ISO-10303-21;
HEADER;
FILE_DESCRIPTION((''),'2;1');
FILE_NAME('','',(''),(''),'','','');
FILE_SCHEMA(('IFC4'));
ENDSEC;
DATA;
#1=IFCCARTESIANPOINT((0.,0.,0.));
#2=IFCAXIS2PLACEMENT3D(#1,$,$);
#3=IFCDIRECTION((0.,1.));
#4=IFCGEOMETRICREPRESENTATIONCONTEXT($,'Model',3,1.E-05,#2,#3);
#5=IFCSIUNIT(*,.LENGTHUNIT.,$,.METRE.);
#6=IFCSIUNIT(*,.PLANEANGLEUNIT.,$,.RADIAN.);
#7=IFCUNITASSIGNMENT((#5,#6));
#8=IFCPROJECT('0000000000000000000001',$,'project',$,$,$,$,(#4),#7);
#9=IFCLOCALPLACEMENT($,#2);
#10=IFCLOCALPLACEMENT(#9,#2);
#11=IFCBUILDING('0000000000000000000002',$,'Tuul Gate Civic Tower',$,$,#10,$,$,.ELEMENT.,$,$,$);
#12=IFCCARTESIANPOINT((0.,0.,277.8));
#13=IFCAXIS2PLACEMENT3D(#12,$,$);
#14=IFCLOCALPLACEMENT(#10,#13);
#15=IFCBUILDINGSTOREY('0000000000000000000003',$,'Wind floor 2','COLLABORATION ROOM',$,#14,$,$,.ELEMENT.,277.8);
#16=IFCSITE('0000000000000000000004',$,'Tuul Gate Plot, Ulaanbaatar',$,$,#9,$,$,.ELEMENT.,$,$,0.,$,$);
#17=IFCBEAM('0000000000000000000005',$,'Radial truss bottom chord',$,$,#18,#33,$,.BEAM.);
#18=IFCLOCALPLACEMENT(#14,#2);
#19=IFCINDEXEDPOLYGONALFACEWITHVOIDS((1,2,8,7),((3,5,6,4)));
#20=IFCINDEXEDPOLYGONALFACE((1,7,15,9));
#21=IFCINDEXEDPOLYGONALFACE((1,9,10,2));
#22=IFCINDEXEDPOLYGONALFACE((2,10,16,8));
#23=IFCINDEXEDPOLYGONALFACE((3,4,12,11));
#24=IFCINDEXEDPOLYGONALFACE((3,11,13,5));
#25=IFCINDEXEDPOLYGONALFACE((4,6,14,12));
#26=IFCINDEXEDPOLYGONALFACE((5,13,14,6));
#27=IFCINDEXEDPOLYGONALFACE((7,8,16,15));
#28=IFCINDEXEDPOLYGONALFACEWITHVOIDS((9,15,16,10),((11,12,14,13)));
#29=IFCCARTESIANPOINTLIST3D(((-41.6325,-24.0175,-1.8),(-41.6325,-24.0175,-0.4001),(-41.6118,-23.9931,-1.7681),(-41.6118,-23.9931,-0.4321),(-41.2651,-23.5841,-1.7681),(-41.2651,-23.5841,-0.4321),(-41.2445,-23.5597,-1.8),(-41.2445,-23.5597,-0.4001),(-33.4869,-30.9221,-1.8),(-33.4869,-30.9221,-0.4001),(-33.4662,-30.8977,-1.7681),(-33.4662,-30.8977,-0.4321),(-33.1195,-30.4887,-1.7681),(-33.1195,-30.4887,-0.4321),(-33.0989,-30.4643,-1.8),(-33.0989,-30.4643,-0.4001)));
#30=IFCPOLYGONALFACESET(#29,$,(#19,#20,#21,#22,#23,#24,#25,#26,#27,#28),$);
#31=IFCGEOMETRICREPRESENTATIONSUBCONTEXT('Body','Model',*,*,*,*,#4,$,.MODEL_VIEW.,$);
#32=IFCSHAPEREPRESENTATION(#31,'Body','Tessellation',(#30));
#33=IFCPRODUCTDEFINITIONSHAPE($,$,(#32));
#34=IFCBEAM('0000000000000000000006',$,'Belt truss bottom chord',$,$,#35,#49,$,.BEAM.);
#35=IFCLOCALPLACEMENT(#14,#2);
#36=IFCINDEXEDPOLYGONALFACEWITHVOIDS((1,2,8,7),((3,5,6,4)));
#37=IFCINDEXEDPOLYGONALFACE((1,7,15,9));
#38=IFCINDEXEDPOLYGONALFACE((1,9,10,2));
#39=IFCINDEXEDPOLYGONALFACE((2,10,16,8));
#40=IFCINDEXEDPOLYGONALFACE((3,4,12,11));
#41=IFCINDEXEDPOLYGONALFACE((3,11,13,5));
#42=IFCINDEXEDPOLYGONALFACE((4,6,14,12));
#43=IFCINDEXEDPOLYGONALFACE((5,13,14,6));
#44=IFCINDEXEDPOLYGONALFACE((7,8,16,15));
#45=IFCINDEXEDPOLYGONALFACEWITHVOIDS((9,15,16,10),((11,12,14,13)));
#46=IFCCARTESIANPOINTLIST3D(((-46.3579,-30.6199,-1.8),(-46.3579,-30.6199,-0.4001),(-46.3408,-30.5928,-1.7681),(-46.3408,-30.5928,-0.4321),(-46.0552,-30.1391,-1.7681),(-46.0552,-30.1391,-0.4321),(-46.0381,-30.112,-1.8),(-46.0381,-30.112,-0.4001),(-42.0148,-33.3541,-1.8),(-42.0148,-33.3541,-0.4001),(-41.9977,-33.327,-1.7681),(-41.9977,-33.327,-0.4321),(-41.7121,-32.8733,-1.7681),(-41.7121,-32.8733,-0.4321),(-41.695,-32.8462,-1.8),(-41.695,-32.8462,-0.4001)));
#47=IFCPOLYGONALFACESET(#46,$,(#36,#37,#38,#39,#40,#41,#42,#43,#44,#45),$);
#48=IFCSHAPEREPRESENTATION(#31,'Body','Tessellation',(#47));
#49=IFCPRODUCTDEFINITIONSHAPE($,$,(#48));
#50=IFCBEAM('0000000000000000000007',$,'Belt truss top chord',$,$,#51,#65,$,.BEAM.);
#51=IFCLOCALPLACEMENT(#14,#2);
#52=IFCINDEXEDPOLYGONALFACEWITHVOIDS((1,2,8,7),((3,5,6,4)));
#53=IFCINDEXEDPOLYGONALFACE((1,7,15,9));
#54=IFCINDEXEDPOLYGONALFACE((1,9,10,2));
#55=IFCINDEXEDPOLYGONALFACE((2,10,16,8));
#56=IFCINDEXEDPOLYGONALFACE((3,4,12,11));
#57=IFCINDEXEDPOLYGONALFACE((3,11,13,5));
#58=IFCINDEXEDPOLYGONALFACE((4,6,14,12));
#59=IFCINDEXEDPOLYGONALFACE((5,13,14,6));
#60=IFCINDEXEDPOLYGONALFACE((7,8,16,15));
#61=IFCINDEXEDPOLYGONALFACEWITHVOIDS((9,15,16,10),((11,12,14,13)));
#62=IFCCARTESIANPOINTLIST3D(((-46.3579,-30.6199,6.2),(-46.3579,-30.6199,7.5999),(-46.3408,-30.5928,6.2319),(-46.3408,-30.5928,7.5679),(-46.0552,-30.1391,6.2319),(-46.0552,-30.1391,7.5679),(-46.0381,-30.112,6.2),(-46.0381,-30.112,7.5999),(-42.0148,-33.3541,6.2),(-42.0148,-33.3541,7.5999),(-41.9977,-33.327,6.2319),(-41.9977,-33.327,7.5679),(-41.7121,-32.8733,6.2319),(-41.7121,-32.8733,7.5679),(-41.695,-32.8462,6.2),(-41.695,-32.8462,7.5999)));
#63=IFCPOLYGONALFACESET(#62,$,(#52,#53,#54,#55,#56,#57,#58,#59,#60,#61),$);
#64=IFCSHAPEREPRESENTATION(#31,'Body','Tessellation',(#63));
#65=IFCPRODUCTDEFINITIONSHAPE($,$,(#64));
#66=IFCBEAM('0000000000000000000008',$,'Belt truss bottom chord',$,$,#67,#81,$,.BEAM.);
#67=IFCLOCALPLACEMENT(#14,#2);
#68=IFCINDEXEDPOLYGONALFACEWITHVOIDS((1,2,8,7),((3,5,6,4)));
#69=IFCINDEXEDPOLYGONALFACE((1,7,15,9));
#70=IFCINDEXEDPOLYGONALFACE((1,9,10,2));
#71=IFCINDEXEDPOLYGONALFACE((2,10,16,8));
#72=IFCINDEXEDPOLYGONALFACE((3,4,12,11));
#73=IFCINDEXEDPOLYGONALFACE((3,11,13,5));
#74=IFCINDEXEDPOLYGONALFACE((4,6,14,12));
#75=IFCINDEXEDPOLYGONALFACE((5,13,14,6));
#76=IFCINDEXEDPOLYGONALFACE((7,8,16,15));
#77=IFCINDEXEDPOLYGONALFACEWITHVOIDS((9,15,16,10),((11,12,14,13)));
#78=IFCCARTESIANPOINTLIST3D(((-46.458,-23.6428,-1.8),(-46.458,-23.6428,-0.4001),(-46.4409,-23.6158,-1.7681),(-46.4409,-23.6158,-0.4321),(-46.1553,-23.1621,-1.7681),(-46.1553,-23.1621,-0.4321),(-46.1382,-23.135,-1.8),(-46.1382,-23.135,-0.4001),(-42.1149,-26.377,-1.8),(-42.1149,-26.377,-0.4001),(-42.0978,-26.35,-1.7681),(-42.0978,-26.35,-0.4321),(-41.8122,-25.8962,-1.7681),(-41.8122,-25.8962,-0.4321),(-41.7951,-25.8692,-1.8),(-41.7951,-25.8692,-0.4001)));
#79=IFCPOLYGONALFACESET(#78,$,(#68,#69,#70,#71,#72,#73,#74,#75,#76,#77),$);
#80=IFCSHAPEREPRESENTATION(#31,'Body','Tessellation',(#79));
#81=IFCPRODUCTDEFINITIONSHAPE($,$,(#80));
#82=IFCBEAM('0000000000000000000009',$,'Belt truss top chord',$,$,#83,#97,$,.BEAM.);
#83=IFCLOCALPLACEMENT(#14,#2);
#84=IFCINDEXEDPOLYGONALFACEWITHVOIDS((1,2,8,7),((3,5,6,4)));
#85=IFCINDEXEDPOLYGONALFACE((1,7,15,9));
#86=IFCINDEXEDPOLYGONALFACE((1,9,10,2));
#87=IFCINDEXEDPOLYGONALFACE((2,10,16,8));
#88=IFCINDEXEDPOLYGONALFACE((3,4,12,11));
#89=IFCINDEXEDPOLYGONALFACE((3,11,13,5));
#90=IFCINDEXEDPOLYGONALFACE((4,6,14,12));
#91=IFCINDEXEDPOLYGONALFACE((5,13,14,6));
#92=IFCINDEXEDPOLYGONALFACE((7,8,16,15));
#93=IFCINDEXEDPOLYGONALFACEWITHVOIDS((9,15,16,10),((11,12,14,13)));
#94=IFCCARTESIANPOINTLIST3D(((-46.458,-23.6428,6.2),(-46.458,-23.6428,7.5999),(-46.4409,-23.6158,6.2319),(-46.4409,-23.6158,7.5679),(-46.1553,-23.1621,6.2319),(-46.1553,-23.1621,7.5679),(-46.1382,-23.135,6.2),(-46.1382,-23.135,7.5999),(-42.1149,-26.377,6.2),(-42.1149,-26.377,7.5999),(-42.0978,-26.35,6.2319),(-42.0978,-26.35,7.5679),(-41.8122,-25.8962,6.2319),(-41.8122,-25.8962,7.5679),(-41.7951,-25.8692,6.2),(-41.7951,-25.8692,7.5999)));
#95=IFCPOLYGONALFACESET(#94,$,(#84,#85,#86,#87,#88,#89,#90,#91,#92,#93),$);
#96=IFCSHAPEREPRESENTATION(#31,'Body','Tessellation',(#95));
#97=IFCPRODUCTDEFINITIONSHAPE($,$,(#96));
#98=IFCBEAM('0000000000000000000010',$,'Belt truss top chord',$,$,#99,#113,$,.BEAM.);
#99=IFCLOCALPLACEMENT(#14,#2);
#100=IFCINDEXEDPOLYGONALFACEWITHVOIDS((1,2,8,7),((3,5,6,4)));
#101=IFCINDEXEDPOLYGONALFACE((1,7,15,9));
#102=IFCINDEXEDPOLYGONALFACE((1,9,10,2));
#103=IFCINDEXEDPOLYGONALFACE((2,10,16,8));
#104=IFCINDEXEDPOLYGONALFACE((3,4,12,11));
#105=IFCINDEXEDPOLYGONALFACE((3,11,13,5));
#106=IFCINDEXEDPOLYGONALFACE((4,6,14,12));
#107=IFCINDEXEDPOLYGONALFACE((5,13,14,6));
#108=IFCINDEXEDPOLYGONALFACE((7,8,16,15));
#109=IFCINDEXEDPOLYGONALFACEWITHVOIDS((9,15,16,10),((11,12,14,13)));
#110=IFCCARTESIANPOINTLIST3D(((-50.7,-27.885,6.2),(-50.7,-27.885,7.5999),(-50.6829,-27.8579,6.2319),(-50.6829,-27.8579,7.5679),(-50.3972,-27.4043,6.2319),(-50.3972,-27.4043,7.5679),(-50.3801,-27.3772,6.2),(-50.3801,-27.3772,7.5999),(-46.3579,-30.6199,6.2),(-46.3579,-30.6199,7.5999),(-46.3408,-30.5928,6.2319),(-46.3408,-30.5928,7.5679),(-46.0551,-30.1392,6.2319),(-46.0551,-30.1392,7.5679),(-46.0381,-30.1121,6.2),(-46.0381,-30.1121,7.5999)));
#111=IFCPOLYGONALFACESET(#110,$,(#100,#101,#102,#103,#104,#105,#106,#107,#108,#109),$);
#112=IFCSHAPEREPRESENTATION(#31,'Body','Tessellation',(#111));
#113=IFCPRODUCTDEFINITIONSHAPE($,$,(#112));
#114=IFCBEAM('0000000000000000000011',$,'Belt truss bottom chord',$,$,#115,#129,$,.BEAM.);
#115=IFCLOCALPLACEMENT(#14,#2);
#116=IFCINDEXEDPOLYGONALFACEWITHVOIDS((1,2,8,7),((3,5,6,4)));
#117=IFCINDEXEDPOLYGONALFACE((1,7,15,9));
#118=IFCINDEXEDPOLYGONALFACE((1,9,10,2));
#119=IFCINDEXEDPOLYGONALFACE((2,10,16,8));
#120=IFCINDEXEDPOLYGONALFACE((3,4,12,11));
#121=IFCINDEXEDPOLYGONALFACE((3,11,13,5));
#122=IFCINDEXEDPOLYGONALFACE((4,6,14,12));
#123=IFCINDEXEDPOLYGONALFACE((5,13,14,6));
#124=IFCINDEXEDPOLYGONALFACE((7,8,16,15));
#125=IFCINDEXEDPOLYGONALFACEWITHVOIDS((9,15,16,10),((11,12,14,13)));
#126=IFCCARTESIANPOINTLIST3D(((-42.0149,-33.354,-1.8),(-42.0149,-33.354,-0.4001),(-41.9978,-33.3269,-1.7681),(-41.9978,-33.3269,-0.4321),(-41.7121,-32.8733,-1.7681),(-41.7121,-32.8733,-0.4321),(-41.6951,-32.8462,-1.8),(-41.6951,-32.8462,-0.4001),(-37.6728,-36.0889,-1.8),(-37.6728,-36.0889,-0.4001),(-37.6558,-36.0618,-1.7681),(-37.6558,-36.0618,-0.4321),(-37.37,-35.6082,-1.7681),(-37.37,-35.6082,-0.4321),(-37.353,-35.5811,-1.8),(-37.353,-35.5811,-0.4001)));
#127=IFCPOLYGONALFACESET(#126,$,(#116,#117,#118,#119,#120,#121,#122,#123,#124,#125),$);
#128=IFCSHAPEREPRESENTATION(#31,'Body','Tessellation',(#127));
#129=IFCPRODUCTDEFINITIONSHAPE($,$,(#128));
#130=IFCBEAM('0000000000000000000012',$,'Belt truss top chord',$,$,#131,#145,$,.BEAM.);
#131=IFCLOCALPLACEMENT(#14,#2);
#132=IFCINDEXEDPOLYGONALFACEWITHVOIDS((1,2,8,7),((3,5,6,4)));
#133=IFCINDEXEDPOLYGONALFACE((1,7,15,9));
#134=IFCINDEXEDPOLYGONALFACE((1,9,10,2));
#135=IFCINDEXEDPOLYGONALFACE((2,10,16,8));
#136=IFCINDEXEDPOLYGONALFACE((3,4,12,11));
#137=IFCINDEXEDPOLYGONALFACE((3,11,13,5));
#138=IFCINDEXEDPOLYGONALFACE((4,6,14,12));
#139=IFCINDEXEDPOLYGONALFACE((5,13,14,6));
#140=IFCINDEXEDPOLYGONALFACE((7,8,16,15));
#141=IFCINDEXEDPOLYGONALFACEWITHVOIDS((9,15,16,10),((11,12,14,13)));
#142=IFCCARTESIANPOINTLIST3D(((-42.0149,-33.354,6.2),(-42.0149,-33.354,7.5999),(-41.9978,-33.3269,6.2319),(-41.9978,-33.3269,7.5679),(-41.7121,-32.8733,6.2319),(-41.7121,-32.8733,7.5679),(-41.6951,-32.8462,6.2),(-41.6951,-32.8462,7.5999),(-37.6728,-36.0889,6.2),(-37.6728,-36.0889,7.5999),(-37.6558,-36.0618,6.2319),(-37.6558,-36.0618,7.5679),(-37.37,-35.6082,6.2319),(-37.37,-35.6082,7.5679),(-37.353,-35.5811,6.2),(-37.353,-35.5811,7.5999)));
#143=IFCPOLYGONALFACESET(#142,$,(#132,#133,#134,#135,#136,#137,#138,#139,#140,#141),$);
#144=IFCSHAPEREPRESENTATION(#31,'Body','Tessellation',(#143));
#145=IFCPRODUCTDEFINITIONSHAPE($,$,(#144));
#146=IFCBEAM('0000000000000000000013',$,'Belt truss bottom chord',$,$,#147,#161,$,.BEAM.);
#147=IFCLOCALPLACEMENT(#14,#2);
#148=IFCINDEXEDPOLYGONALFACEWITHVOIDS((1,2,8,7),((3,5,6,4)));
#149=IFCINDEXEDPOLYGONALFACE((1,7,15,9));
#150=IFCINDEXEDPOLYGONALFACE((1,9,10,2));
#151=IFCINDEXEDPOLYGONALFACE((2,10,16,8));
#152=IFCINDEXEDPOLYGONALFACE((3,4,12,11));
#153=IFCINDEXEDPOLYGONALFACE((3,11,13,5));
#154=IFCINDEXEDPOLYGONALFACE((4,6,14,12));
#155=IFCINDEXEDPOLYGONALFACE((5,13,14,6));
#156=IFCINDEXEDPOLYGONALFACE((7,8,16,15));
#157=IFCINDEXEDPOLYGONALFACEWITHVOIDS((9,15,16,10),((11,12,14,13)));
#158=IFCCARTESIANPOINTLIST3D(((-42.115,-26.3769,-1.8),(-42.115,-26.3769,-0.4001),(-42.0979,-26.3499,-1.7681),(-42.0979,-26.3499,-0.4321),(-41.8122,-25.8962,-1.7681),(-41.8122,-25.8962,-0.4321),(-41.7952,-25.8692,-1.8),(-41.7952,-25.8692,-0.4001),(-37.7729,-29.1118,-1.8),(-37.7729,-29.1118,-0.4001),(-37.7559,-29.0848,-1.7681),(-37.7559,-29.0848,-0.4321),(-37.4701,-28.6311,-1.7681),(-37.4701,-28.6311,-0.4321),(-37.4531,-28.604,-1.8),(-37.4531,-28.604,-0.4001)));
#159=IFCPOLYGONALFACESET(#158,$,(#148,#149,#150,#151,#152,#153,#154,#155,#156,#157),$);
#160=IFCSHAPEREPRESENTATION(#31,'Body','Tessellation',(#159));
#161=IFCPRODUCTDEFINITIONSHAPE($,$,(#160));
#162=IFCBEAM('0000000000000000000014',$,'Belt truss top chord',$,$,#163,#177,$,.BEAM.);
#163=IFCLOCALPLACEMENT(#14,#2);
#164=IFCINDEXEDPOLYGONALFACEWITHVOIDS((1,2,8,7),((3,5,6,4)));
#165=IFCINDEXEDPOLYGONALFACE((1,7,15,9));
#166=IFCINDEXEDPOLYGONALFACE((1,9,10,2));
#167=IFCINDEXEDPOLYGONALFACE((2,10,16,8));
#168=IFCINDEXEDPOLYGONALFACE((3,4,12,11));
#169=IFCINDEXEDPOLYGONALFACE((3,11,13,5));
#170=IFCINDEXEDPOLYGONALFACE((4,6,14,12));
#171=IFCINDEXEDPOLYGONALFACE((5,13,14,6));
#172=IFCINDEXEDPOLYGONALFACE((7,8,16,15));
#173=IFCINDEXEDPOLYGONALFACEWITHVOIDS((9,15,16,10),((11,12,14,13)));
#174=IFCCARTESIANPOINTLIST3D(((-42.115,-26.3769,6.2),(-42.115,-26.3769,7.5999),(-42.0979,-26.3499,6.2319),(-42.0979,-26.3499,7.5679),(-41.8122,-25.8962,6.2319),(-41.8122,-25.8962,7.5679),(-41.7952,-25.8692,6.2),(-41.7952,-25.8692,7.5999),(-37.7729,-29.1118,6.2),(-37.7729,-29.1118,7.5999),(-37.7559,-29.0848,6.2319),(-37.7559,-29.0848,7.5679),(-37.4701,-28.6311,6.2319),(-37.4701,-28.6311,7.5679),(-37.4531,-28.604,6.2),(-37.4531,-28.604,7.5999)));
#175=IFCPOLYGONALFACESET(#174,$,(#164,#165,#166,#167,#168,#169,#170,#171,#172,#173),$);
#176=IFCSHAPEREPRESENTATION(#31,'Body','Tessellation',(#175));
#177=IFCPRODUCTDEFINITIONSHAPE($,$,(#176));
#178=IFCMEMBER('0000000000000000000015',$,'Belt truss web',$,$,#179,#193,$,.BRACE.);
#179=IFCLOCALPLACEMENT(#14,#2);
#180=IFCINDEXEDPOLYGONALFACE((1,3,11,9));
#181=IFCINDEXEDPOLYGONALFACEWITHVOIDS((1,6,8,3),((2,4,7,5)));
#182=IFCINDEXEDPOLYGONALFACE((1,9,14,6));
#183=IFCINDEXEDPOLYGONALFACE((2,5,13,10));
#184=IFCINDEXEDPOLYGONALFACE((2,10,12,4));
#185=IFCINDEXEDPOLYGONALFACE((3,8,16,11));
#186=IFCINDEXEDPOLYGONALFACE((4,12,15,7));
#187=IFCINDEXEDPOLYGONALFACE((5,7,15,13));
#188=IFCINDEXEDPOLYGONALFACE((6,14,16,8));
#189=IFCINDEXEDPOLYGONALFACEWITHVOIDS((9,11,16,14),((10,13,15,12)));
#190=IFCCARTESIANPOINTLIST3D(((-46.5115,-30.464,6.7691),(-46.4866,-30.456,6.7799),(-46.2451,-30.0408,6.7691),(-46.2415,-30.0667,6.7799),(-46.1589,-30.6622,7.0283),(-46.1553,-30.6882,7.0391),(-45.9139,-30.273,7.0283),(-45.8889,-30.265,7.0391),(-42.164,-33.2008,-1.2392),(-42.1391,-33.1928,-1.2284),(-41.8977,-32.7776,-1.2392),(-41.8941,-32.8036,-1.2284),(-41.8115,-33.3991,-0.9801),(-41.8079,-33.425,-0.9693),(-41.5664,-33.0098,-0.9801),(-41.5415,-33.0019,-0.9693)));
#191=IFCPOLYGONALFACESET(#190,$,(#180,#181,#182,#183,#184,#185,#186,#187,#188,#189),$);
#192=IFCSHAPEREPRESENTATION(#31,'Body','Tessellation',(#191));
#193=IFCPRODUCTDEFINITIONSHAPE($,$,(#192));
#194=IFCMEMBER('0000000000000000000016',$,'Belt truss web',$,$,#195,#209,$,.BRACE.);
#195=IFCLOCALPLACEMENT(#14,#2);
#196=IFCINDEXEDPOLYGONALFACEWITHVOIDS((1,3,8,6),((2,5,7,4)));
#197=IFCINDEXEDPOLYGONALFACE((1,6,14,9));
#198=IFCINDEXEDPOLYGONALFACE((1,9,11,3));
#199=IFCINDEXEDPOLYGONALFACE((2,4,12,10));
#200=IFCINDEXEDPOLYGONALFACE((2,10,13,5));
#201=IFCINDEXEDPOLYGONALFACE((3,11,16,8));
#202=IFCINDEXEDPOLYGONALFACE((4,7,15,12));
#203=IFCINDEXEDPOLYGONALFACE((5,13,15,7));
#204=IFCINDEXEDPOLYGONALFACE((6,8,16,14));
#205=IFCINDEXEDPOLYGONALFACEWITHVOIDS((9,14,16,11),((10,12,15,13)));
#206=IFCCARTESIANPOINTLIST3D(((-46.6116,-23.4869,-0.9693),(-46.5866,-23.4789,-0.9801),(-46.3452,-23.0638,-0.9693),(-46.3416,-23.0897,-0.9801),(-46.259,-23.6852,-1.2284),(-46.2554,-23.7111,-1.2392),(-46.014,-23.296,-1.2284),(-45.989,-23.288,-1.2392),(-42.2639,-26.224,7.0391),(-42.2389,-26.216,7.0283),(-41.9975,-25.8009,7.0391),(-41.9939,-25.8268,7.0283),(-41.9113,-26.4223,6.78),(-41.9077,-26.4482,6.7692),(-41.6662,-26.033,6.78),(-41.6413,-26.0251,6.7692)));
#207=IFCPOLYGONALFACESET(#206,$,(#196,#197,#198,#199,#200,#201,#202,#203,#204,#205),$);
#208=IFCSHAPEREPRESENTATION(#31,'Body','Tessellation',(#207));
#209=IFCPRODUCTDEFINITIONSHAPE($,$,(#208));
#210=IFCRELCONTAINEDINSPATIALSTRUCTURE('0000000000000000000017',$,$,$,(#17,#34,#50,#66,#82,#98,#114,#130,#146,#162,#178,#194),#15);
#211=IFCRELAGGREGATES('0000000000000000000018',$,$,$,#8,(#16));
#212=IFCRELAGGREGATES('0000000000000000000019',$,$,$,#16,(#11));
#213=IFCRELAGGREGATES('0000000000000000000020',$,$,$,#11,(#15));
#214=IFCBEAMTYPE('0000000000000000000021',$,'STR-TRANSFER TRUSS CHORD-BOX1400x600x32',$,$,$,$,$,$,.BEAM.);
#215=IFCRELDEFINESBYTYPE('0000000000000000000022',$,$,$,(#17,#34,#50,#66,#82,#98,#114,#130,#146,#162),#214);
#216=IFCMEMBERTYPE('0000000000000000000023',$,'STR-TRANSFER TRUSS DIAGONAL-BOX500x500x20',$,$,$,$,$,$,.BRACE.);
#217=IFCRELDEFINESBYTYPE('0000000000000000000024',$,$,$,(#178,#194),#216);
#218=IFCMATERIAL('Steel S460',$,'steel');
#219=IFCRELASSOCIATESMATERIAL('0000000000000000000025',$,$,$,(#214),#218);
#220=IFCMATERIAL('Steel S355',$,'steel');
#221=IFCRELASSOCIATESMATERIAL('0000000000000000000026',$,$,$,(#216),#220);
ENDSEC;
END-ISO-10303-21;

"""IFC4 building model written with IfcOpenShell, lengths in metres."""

from ifc_helpers import new_model, si_unit, direction, frame, origin, origin_2d, place, context, subcontext, project, spatial, hollow_rectangle, extrude, material, material_profile, profile_set, type_object, element, save


model = new_model("IFC4")

# Units and contexts
model_context = context("Model", 3, precision=1e-05, world=origin(), true_north=direction((0.0, 1.0)))
body_context = subcontext(model_context, "Body", "Model", "MODEL_VIEW")
ifc_project = project(units=[si_unit("LENGTHUNIT", "METRE"), si_unit("PLANEANGLEUNIT", "RADIAN")], contexts=[model_context])

# Site, building, storey
site_placement = place(None, origin())
site = spatial("IfcSite", under=ifc_project, at=site_placement, Name="Tuul Gate Plot, Ulaanbaatar", CompositionType="ELEMENT", RefElevation=0.0)
building_placement = place(site_placement, origin())
building = spatial("IfcBuilding", under=site, at=building_placement, Name="Tuul Gate Civic Tower", CompositionType="ELEMENT")
storey_placement = place(building_placement, frame((0.0, 0.0, 277.8)))
storey = spatial("IfcBuildingStorey", under=building, at=storey_placement, Name="Wind floor 2", Description="COLLABORATION ROOM", CompositionType="ELEMENT", Elevation=277.8)

# Beams
ifc_material_1 = material(Name="Steel S460", Category="steel")
ifc_material_profile_1 = material_profile(ifc_material_1, hollow_rectangle(XDim=0.6001, YDim=1.3999, WallThickness=0.032, at=origin_2d()), Name="BOX1400x600x32")
ifc_profile_set_1 = profile_set([ifc_material_profile_1], Name="Steel S460")
beam_type = type_object("IfcBeamType", Name="STR-TRANSFER TRUSS CHORD-BOX1400x600x32", PredefinedType="BEAM", material=ifc_profile_set_1)
beam_placement = place(storey_placement, frame((-41.4385, -23.7886, -1.1001), z_axis=(0.762823, -0.646607, 0.0), x_axis=(0.646607, 0.762823, 0.0)))
element("IfcBeam", 1, at=beam_placement, inside=storey, type_object=beam_type, Name="Radial truss bottom chord", PredefinedType="BEAM", context=body_context, shape_type="SweptSolid", body=[
    extrude(hollow_rectangle(XDim=0.6001, YDim=1.3999, WallThickness=0.032, at=origin_2d()), origin(), (0.0, 0.0, 1.0), 10.6782),
])
for number, where, z_axis, x_axis, name in (
    (2, (-46.198, -30.366, -1.1001), (0.846265, -0.532763, 0.0), (0.532763, 0.846265, 0.0), "Belt truss bottom chord"),
    (3, (-46.198, -30.366, 6.8999), (0.846265, -0.532763, 0.0), (0.532763, 0.846265, 0.0), "Belt truss top chord"),
    (4, (-46.2981, -23.3889, -1.1001), (0.846265, -0.532763, 0.0), (0.532763, 0.846265, 0.0), "Belt truss bottom chord"),
    (5, (-46.2981, -23.3889, 6.8999), (0.846265, -0.532763, 0.0), (0.532763, 0.846265, 0.0), "Belt truss top chord"),
):
    element("IfcBeam", number, at=place(storey_placement, frame(where, z_axis=z_axis, x_axis=x_axis)), inside=storey, type_object=beam_type, Name=name, PredefinedType="BEAM", context=body_context, shape_type="SweptSolid", body=[
        extrude(hollow_rectangle(XDim=0.6001, YDim=1.3999, WallThickness=0.032, at=origin_2d()), origin(), (0.0, 0.0, 1.0), 5.1321),
    ])
for number, where, z_axis, x_axis, name in (
    (6, (-50.54, -27.6311, 6.8999), (0.846146, -0.532951, 0.0), (0.532951, 0.846146, 0.0), "Belt truss top chord"),
    (7, (-41.855, -33.1001, -1.1001), (0.846146, -0.532951, 0.0), (0.532951, 0.846146, 0.0), "Belt truss bottom chord"),
    (8, (-41.855, -33.1001, 6.8999), (0.846146, -0.532951, 0.0), (0.532951, 0.846146, 0.0), "Belt truss top chord"),
    (9, (-41.9551, -26.123, -1.1001), (0.846146, -0.532951, 0.0), (0.532951, 0.846146, 0.0), "Belt truss bottom chord"),
    (10, (-41.9551, -26.123, 6.8999), (0.846146, -0.532951, 0.0), (0.532951, 0.846146, 0.0), "Belt truss top chord"),
):
    element("IfcBeam", number, at=place(storey_placement, frame(where, z_axis=z_axis, x_axis=x_axis)), inside=storey, type_object=beam_type, Name=name, PredefinedType="BEAM", context=body_context, shape_type="SweptSolid", body=[
        extrude(hollow_rectangle(XDim=0.6001, YDim=1.3999, WallThickness=0.032, at=origin_2d()), origin(), (0.0, 0.0, 1.0), 5.1316),
    ])

# Members
ifc_material_2 = material(Name="Steel S355", Category="steel")
ifc_material_profile_2 = material_profile(ifc_material_2, hollow_rectangle(XDim=0.5, YDim=0.5, WallThickness=0.02, at=origin_2d()), Name="BOX500x500x20")
ifc_profile_set_2 = profile_set([ifc_material_profile_2], Name="Steel S355")
member_type_1 = type_object("IfcMemberType", Name="STR-TRANSFER TRUSS DIAGONAL-BOX500x500x20", PredefinedType="BRACE", material=ifc_profile_set_2)
member_1_placement = place(storey_placement, frame((-41.8528, -33.1013, -1.1042), z_axis=(-0.456932, 0.287651, 0.841707), x_axis=(-0.532752, -0.846272, 0.0)))
element("IfcMember", 11, at=member_1_placement, inside=storey, type_object=member_type_1, Name="Belt truss web", PredefinedType="BRACE", context=body_context, shape_type="SweptSolid", body=[
    extrude(hollow_rectangle(XDim=0.5, YDim=0.5, WallThickness=0.02, at=origin_2d()), origin(), (0.0, 0.0, 1.0), 9.5144),
])
member_2_placement = place(storey_placement, frame((-46.3003, -23.3875, -1.1042), z_axis=(0.456949, -0.287671, 0.841691), x_axis=(0.532764, 0.846264, 0.0)))
element("IfcMember", 12, at=member_2_placement, inside=storey, type_object=member_type_1, Name="Belt truss web", PredefinedType="BRACE", context=body_context, shape_type="SweptSolid", body=[
    extrude(hollow_rectangle(XDim=0.5, YDim=0.5, WallThickness=0.02, at=origin_2d()), origin(), (0.0, 0.0, 1.0), 9.5146),
])

save(model, "model.ifc")
